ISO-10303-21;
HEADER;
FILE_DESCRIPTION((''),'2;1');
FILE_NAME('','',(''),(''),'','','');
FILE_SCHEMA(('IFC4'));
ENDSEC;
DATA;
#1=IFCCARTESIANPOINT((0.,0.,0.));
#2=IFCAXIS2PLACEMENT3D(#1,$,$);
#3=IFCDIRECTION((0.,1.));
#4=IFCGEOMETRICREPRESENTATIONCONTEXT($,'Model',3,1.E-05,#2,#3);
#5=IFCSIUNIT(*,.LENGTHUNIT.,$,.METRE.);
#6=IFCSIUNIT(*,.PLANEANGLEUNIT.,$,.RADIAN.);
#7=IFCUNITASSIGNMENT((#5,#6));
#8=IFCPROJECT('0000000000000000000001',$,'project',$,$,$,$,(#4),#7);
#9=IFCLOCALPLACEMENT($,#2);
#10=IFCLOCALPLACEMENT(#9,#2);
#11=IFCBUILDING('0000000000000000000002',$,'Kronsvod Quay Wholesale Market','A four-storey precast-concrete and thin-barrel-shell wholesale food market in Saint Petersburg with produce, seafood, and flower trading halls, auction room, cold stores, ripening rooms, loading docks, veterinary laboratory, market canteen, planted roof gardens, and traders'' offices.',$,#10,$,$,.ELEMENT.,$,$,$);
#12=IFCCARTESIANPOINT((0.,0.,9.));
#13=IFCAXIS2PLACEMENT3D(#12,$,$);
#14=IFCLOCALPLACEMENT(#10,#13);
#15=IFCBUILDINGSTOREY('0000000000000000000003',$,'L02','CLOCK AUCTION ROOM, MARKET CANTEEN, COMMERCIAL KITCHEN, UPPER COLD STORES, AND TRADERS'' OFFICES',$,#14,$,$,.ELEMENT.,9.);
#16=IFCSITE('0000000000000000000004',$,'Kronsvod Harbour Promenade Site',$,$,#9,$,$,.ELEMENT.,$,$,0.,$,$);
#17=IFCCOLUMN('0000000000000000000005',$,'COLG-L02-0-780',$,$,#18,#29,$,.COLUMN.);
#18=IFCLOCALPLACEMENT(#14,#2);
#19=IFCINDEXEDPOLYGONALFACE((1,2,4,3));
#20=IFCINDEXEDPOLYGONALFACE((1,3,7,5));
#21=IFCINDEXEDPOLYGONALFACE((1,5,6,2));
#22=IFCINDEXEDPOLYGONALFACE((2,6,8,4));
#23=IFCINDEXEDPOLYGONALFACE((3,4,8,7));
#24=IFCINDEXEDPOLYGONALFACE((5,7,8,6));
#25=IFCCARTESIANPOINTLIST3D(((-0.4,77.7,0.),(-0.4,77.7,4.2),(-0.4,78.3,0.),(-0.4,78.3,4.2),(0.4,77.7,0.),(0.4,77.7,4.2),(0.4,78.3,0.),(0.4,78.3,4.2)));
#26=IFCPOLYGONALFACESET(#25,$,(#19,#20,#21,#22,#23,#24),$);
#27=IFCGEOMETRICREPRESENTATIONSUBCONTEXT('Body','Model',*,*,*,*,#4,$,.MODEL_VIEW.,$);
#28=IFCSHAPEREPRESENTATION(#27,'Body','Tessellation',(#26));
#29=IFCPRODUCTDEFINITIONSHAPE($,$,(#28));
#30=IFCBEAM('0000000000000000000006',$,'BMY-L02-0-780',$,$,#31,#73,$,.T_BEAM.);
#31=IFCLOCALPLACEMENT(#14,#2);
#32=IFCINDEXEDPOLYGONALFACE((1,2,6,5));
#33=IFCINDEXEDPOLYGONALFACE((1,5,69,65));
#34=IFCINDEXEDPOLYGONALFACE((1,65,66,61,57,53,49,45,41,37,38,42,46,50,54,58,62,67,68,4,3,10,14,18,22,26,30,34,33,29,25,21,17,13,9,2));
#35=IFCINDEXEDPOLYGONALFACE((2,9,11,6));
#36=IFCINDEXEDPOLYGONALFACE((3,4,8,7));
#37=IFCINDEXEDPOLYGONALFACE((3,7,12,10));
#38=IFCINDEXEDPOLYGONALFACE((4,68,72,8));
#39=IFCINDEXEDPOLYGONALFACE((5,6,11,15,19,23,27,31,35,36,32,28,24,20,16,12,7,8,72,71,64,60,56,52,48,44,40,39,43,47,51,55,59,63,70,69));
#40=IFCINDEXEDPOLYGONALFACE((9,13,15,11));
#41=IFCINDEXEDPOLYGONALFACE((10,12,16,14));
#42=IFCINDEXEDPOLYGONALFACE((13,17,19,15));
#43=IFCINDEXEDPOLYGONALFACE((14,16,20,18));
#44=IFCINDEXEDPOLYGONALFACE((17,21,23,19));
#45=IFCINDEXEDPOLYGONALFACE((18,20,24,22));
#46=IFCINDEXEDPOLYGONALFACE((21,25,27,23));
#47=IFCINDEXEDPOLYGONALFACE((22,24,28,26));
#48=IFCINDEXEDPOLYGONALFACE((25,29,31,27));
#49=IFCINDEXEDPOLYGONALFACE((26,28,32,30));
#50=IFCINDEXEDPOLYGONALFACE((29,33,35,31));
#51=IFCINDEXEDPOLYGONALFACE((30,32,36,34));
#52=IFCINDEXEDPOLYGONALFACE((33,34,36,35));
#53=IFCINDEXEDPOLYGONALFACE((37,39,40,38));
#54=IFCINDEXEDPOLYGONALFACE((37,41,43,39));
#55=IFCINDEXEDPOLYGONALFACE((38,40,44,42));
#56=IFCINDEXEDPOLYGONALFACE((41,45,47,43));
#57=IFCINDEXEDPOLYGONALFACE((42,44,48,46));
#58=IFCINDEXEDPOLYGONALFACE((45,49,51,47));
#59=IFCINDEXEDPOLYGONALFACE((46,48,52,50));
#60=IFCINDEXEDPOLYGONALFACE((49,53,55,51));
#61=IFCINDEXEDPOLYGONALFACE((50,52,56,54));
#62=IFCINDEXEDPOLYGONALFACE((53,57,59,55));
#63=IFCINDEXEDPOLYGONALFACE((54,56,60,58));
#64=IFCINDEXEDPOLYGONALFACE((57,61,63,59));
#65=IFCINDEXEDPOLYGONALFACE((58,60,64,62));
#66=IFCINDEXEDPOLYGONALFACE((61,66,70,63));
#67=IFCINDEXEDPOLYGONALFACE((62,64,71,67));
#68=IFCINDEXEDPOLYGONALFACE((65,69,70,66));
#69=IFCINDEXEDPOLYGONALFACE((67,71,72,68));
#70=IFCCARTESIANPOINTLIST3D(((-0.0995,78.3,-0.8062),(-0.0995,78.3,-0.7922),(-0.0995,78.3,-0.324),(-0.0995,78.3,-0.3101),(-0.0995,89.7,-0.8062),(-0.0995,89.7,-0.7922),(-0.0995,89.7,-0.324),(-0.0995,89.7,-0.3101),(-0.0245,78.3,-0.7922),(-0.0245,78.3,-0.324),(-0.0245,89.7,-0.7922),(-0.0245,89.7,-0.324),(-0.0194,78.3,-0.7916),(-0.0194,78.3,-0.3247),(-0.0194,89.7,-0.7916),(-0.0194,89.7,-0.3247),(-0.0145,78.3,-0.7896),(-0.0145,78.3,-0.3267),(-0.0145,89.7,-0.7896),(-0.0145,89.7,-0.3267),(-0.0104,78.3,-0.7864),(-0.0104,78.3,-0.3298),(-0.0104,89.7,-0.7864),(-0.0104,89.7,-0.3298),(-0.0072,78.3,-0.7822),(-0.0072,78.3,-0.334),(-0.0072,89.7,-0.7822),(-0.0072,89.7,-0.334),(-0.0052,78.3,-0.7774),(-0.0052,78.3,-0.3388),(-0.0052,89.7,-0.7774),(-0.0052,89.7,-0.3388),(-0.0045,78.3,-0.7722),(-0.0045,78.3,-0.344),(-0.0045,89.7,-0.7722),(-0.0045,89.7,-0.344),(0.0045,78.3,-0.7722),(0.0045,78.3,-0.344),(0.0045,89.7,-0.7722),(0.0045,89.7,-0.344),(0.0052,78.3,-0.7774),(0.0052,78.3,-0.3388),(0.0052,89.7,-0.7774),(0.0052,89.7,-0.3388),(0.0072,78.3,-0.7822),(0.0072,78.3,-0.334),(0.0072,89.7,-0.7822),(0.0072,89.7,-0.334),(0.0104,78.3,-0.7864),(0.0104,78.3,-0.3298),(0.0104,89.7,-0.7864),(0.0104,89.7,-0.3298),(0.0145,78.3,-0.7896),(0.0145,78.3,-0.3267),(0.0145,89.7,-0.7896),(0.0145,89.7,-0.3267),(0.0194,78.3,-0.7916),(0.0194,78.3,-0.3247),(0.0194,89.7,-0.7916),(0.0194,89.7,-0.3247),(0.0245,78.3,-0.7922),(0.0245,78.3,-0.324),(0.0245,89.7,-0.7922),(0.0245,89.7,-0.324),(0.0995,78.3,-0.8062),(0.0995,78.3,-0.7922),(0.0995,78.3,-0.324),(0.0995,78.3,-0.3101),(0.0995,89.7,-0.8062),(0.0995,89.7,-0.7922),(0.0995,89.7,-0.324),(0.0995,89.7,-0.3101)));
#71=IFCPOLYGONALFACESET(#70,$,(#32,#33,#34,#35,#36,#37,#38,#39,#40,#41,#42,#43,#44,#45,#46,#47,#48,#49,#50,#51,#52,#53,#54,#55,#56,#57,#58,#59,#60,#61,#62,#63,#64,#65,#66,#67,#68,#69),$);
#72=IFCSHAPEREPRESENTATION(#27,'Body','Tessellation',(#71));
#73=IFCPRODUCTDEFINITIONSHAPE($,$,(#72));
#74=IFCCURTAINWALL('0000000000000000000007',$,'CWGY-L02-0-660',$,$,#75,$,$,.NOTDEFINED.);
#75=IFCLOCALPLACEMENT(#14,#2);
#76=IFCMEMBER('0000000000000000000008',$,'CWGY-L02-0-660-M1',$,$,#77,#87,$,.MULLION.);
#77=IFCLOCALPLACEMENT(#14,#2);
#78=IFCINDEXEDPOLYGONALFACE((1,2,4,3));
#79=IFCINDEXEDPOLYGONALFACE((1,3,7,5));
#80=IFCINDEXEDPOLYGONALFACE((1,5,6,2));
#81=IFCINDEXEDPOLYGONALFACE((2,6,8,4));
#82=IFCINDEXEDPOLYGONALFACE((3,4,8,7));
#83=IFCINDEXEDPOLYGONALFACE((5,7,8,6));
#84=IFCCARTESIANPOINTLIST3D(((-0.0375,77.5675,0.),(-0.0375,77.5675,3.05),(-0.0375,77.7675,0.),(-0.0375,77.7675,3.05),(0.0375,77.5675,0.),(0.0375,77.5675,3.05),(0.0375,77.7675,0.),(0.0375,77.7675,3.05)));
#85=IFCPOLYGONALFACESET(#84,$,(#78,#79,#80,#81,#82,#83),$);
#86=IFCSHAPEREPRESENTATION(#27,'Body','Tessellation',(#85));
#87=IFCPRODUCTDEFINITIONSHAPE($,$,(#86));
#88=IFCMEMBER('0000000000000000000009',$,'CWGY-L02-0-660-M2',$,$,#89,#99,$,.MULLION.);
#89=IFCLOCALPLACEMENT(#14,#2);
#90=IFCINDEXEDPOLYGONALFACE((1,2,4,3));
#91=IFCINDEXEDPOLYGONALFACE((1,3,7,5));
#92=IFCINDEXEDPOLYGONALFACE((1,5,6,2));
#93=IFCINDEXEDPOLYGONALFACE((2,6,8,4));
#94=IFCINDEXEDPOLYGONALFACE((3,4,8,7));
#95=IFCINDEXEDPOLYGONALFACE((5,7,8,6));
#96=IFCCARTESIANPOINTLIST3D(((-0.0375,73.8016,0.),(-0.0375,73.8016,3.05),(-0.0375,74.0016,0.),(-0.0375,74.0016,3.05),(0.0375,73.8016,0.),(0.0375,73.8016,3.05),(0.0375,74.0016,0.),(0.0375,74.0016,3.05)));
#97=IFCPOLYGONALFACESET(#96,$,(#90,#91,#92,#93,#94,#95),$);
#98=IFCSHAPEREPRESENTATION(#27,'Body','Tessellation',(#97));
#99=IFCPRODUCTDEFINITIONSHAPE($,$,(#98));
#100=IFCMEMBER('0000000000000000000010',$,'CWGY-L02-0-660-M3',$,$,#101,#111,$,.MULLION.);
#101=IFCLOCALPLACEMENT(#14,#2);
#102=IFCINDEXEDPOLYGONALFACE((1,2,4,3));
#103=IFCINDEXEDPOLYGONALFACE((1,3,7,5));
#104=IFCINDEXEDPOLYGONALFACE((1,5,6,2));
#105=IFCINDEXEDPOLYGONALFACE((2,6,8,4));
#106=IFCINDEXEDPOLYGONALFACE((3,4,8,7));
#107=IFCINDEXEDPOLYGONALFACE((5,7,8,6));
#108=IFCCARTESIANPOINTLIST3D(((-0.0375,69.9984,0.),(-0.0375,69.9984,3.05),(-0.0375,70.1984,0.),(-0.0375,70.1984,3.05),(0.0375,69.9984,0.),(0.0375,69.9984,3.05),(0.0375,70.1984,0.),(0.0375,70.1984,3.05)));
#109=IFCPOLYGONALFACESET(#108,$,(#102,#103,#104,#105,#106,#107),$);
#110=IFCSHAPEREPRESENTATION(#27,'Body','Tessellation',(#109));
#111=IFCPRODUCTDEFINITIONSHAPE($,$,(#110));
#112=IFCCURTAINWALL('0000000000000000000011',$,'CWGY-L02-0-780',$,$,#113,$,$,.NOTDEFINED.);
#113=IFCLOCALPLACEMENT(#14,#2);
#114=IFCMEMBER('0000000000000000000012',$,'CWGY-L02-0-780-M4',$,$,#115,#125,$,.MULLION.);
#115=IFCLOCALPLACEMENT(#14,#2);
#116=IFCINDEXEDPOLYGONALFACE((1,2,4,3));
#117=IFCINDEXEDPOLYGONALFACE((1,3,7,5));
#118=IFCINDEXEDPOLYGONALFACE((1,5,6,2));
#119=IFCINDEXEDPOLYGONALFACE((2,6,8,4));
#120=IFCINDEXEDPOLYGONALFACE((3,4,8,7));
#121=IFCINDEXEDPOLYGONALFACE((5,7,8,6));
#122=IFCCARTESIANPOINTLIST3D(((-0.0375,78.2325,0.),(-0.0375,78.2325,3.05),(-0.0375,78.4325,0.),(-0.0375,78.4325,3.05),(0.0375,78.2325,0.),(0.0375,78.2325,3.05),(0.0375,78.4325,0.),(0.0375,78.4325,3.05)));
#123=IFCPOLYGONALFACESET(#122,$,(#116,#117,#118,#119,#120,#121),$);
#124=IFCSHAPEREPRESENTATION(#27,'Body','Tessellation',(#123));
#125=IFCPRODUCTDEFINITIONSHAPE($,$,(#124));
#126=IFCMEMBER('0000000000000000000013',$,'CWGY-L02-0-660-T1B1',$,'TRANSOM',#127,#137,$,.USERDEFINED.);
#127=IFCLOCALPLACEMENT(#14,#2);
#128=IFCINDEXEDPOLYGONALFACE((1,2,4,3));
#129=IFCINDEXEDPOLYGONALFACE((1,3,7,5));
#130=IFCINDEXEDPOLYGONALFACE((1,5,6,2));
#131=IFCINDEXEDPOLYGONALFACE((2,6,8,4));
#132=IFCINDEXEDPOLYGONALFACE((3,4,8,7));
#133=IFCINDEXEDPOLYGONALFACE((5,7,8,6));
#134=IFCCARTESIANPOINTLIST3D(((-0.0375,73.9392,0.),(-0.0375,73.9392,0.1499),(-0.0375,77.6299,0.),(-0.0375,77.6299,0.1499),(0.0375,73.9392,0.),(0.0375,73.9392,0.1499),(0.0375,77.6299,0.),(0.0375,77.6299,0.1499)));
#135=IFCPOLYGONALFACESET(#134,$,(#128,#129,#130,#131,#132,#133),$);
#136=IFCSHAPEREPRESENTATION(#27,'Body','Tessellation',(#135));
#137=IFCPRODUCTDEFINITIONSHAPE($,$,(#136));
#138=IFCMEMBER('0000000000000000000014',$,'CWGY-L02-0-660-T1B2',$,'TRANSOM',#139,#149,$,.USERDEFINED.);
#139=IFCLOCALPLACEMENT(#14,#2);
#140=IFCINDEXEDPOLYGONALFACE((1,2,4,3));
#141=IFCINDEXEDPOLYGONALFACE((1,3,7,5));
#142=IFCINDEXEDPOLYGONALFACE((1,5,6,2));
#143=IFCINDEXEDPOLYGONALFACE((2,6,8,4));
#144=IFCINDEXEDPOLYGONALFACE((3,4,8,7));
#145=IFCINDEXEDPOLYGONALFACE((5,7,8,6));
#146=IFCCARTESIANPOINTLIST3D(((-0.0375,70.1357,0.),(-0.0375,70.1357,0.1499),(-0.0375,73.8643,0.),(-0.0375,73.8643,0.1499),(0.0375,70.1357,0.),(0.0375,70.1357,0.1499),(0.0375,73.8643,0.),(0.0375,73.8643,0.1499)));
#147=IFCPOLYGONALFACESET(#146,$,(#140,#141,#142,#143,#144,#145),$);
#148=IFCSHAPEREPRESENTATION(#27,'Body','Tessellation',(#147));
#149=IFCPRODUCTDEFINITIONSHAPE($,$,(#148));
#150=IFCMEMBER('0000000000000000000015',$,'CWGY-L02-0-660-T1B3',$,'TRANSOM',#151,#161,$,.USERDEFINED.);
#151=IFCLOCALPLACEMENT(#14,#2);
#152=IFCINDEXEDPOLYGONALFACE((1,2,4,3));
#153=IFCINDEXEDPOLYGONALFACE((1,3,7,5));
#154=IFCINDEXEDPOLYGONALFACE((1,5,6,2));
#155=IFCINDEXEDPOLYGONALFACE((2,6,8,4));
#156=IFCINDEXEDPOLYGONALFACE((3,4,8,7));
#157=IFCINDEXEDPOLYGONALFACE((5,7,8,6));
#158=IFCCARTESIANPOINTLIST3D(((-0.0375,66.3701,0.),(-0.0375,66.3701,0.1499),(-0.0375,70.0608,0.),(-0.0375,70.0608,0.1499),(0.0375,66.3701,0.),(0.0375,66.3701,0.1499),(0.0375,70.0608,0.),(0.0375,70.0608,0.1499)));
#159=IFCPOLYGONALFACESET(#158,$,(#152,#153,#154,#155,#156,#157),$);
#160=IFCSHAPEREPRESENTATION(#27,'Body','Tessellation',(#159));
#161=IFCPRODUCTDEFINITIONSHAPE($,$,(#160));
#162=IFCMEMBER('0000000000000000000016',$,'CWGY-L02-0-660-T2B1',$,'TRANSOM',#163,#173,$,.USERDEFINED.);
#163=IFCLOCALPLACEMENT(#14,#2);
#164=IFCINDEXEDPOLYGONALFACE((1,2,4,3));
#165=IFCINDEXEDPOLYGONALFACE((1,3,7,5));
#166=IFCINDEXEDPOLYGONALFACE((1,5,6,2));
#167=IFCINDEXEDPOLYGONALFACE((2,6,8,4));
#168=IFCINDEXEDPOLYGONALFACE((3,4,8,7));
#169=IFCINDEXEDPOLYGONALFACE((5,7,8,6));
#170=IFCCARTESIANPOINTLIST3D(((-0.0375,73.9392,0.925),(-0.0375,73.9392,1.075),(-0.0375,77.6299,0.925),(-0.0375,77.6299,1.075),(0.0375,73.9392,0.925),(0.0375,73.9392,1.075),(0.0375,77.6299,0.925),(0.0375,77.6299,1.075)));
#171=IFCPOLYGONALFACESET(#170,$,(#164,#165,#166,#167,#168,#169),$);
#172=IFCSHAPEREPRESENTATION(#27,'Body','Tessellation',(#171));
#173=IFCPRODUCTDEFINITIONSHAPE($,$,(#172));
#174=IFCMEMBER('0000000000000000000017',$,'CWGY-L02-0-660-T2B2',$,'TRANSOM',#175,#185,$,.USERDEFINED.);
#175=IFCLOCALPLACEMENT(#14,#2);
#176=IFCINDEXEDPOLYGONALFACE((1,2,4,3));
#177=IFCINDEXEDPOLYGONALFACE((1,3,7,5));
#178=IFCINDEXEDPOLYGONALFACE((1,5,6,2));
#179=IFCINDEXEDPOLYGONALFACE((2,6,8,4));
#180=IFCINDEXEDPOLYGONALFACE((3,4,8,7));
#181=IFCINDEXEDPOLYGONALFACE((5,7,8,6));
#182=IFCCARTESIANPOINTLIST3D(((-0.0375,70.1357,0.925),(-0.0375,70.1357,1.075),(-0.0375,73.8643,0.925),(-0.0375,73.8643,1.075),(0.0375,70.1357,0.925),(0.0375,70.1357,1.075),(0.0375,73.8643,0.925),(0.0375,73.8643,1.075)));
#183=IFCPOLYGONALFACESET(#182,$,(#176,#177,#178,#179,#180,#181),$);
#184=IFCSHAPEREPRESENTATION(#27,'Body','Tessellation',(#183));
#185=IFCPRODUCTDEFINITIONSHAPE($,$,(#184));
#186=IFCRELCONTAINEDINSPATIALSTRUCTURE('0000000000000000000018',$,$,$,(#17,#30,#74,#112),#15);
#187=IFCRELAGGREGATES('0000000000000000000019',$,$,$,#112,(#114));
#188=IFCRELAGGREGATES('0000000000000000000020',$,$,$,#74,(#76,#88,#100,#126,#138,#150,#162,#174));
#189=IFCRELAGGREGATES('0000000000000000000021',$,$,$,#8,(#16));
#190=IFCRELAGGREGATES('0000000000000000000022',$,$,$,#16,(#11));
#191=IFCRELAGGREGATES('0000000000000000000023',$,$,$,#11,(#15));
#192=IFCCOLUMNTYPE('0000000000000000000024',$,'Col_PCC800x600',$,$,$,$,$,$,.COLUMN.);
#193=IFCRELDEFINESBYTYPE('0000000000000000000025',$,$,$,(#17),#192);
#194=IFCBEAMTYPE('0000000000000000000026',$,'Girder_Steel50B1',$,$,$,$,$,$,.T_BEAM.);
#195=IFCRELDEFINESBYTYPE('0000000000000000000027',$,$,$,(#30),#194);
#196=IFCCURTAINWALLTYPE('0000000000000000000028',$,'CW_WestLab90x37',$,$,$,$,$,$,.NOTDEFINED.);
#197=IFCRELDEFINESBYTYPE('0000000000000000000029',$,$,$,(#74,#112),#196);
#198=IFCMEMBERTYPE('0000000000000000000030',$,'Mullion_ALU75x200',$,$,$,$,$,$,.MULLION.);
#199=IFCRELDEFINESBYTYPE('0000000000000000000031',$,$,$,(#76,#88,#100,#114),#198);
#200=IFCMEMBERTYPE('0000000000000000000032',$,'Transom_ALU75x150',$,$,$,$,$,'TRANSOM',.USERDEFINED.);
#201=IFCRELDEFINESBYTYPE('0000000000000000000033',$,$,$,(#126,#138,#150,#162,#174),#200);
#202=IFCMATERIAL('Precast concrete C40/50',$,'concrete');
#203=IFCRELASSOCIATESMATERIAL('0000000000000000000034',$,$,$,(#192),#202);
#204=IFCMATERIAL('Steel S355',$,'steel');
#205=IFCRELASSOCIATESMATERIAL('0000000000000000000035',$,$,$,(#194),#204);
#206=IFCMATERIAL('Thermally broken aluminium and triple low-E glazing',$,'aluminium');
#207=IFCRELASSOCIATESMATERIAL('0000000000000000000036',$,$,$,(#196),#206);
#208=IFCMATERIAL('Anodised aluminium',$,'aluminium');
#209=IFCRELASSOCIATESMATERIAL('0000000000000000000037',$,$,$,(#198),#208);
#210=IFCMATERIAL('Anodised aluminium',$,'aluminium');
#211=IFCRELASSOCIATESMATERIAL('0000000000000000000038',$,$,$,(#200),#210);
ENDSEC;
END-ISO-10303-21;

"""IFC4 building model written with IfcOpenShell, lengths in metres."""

from ifc_helpers import new_model, si_unit, direction, frame, origin, origin_2d, place, context, subcontext, project, spatial, rectangle, i_section, extrude, material, material_profile, profile_set, type_object, element, aggregate, save


model = new_model("IFC4")

# Units and contexts
model_context = context("Model", 3, precision=1e-05, world=origin(), true_north=direction((0.0, 1.0)))
body_context = subcontext(model_context, "Body", "Model", "MODEL_VIEW")
ifc_project = project(units=[si_unit("LENGTHUNIT", "METRE"), si_unit("PLANEANGLEUNIT", "RADIAN")], contexts=[model_context])

# Site, building, storey
site_placement = place(None, origin())
site = spatial("IfcSite", under=ifc_project, at=site_placement, Name="Kronsvod Harbour Promenade Site", CompositionType="ELEMENT", RefElevation=0.0)
building_placement = place(site_placement, origin())
building = spatial("IfcBuilding", under=site, at=building_placement, Name="Kronsvod Quay Wholesale Market", Description="A four-storey precast-concrete and thin-barrel-shell wholesale food market in Saint Petersburg with produce, seafood, and flower trading halls, auction room, cold stores, ripening rooms, loading docks, veterinary laboratory, market canteen, planted roof gardens, and traders' offices.", CompositionType="ELEMENT")
storey_placement = place(building_placement, frame((0.0, 0.0, 9.0)))
storey = spatial("IfcBuildingStorey", under=building, at=storey_placement, Name="L02", Description="CLOCK AUCTION ROOM, MARKET CANTEEN, COMMERCIAL KITCHEN, UPPER COLD STORES, AND TRADERS' OFFICES", CompositionType="ELEMENT", Elevation=9.0)

# Column
ifc_material_1 = material(Name="Precast concrete C40/50", Category="concrete")
ifc_material_profile_1 = material_profile(ifc_material_1, rectangle(XDim=0.8, YDim=0.6001, at=origin_2d()), Name="PCC800x600")
ifc_profile_set_1 = profile_set([ifc_material_profile_1], Name="Precast concrete C40/50")
column_type = type_object("IfcColumnType", Name="Col_PCC800x600", PredefinedType="COLUMN", material=ifc_profile_set_1)
column_placement = place(storey_placement, frame((0.0, 78.0, 0.0), z_axis=(0.0, 0.0, 1.0), x_axis=(1.0, 0.0, 0.0)))
element("IfcColumn", 1, at=column_placement, inside=storey, type_object=column_type, Name="COLG-L02-0-780", PredefinedType="COLUMN", context=body_context, shape_type="SweptSolid", body=[
    extrude(rectangle(XDim=0.8, YDim=0.6001, at=origin_2d()), origin(), (0.0, 0.0, 1.0), 4.2),
])

# Beam
ifc_material_2 = material(Name="Steel S355", Category="steel")
ifc_material_profile_2 = material_profile(ifc_material_2, i_section(OverallWidth=0.199, OverallDepth=0.4961, WebThickness=0.009, FlangeThickness=0.0139, FilletRadius=0.02, at=origin_2d()), Name="50B1")
ifc_profile_set_2 = profile_set([ifc_material_profile_2], Name="Steel S355")
beam_type = type_object("IfcBeamType", Name="Girder_Steel50B1", PredefinedType="T_BEAM", material=ifc_profile_set_2)
beam_placement = place(storey_placement, frame((0.0, 78.3, -0.5581), z_axis=(0.0, 1.0, 0.0), x_axis=(-1.0, 0.0, 0.0)))
element("IfcBeam", 2, at=beam_placement, inside=storey, type_object=beam_type, Name="BMY-L02-0-780", PredefinedType="T_BEAM", context=body_context, shape_type="SweptSolid", body=[
    extrude(i_section(OverallWidth=0.199, OverallDepth=0.4961, WebThickness=0.009, FlangeThickness=0.0139, FilletRadius=0.02, at=origin_2d()), origin(), (0.0, 0.0, 1.0), 11.3999),
])

# Curtain wall, members
ifc_material_3 = material(Name="Thermally broken aluminium and triple low-E glazing", Category="aluminium")
curtain_wall_type = type_object("IfcCurtainWallType", Name="CW_WestLab90x37", PredefinedType="NOTDEFINED", material=ifc_material_3)
curtain_wall_1_placement = place(storey_placement, origin())
curtain_wall_1 = element("IfcCurtainWall", 3, at=curtain_wall_1_placement, inside=storey, type_object=curtain_wall_type, Name="CWGY-L02-0-660", PredefinedType="NOTDEFINED")
ifc_material_4 = material(Name="Anodised aluminium", Category="aluminium")
ifc_material_profile_3 = material_profile(ifc_material_4, rectangle(XDim=0.075, YDim=0.2, at=origin_2d()), Name="ALUM75x200")
ifc_profile_set_3 = profile_set([ifc_material_profile_3], Name="Anodised aluminium")
member_type_1 = type_object("IfcMemberType", Name="Mullion_ALU75x200", PredefinedType="MULLION", material=ifc_profile_set_3)
member_1_placement = place(storey_placement, frame((0.0, 77.6675, 0.0), z_axis=(0.0, 0.0, 1.0), x_axis=(1.0, 0.0, 0.0)))
member_1 = element("IfcMember", 4, at=member_1_placement, type_object=member_type_1, Name="CWGY-L02-0-660-M1", PredefinedType="MULLION", context=body_context, shape_type="SweptSolid", body=[
    extrude(rectangle(XDim=0.075, YDim=0.2, at=origin_2d()), origin(), (0.0, 0.0, 1.0), 3.05),
])
member_2_placement = place(storey_placement, frame((0.0, 73.9016, 0.0), z_axis=(0.0, 0.0, 1.0), x_axis=(1.0, 0.0, 0.0)))
member_2 = element("IfcMember", 5, at=member_2_placement, type_object=member_type_1, Name="CWGY-L02-0-660-M2", PredefinedType="MULLION", context=body_context, shape_type="SweptSolid", body=[
    extrude(rectangle(XDim=0.075, YDim=0.2, at=origin_2d()), origin(), (0.0, 0.0, 1.0), 3.05),
])
member_3_placement = place(storey_placement, frame((0.0, 70.0984, 0.0), z_axis=(0.0, 0.0, 1.0), x_axis=(1.0, 0.0, 0.0)))
member_3 = element("IfcMember", 6, at=member_3_placement, type_object=member_type_1, Name="CWGY-L02-0-660-M3", PredefinedType="MULLION", context=body_context, shape_type="SweptSolid", body=[
    extrude(rectangle(XDim=0.075, YDim=0.2, at=origin_2d()), origin(), (0.0, 0.0, 1.0), 3.05),
])

# Curtain wall, member
curtain_wall_2_placement = place(storey_placement, origin())
curtain_wall_2 = element("IfcCurtainWall", 7, at=curtain_wall_2_placement, inside=storey, type_object=curtain_wall_type, Name="CWGY-L02-0-780", PredefinedType="NOTDEFINED")
member_4_placement = place(storey_placement, frame((0.0, 78.3325, 0.0), z_axis=(0.0, 0.0, 1.0), x_axis=(1.0, 0.0, 0.0)))
member_4 = element("IfcMember", 8, at=member_4_placement, type_object=member_type_1, Name="CWGY-L02-0-780-M4", PredefinedType="MULLION", context=body_context, shape_type="SweptSolid", body=[
    extrude(rectangle(XDim=0.075, YDim=0.2, at=origin_2d()), origin(), (0.0, 0.0, 1.0), 3.05),
])

# Members
ifc_material_5 = material(Name="Anodised aluminium", Category="aluminium")
ifc_material_profile_4 = material_profile(ifc_material_5, rectangle(XDim=0.075, YDim=0.1499, at=origin_2d()), Name="ALUT75x150")
ifc_profile_set_4 = profile_set([ifc_material_profile_4], Name="Anodised aluminium")
member_type_2 = type_object("IfcMemberType", Name="Transom_ALU75x150", ElementType="TRANSOM", PredefinedType="USERDEFINED", material=ifc_profile_set_4)
member_5_placement = place(storey_placement, frame((0.0, 77.6299, 0.075), z_axis=(0.0, -1.0, 0.0), x_axis=(1.0, 0.0, 0.0)))
member_5 = element("IfcMember", 9, at=member_5_placement, type_object=member_type_2, Name="CWGY-L02-0-660-T1B1", ObjectType="TRANSOM", PredefinedType="USERDEFINED", context=body_context, shape_type="SweptSolid", body=[
    extrude(rectangle(XDim=0.075, YDim=0.1499, at=origin_2d()), origin(), (0.0, 0.0, 1.0), 3.6907),
])
member_6_placement = place(storey_placement, frame((0.0, 73.8643, 0.075), z_axis=(0.0, -1.0, 0.0), x_axis=(1.0, 0.0, 0.0)))
member_6 = element("IfcMember", 10, at=member_6_placement, type_object=member_type_2, Name="CWGY-L02-0-660-T1B2", ObjectType="TRANSOM", PredefinedType="USERDEFINED", context=body_context, shape_type="SweptSolid", body=[
    extrude(rectangle(XDim=0.075, YDim=0.1499, at=origin_2d()), origin(), (0.0, 0.0, 1.0), 3.7285),
])
member_7_placement = place(storey_placement, frame((0.0, 70.0608, 0.075), z_axis=(0.0, -1.0, 0.0), x_axis=(1.0, 0.0, 0.0)))
member_7 = element("IfcMember", 11, at=member_7_placement, type_object=member_type_2, Name="CWGY-L02-0-660-T1B3", ObjectType="TRANSOM", PredefinedType="USERDEFINED", context=body_context, shape_type="SweptSolid", body=[
    extrude(rectangle(XDim=0.075, YDim=0.1499, at=origin_2d()), origin(), (0.0, 0.0, 1.0), 3.6907),
])
member_8_placement = place(storey_placement, frame((0.0, 77.6299, 1.0), z_axis=(0.0, -1.0, 0.0), x_axis=(1.0, 0.0, 0.0)))
member_8 = element("IfcMember", 12, at=member_8_placement, type_object=member_type_2, Name="CWGY-L02-0-660-T2B1", ObjectType="TRANSOM", PredefinedType="USERDEFINED", context=body_context, shape_type="SweptSolid", body=[
    extrude(rectangle(XDim=0.075, YDim=0.1499, at=origin_2d()), origin(), (0.0, 0.0, 1.0), 3.6907),
])
member_9_placement = place(storey_placement, frame((0.0, 73.8643, 1.0), z_axis=(0.0, -1.0, 0.0), x_axis=(1.0, 0.0, 0.0)))
member_9 = element("IfcMember", 13, at=member_9_placement, type_object=member_type_2, Name="CWGY-L02-0-660-T2B2", ObjectType="TRANSOM", PredefinedType="USERDEFINED", context=body_context, shape_type="SweptSolid", body=[
    extrude(rectangle(XDim=0.075, YDim=0.1499, at=origin_2d()), origin(), (0.0, 0.0, 1.0), 3.7285),
])

aggregate(curtain_wall_2, [member_4])
aggregate(curtain_wall_1, [member_1, member_2, member_3, member_5, member_6, member_7, member_8, member_9])

save(model, "model.ifc")
